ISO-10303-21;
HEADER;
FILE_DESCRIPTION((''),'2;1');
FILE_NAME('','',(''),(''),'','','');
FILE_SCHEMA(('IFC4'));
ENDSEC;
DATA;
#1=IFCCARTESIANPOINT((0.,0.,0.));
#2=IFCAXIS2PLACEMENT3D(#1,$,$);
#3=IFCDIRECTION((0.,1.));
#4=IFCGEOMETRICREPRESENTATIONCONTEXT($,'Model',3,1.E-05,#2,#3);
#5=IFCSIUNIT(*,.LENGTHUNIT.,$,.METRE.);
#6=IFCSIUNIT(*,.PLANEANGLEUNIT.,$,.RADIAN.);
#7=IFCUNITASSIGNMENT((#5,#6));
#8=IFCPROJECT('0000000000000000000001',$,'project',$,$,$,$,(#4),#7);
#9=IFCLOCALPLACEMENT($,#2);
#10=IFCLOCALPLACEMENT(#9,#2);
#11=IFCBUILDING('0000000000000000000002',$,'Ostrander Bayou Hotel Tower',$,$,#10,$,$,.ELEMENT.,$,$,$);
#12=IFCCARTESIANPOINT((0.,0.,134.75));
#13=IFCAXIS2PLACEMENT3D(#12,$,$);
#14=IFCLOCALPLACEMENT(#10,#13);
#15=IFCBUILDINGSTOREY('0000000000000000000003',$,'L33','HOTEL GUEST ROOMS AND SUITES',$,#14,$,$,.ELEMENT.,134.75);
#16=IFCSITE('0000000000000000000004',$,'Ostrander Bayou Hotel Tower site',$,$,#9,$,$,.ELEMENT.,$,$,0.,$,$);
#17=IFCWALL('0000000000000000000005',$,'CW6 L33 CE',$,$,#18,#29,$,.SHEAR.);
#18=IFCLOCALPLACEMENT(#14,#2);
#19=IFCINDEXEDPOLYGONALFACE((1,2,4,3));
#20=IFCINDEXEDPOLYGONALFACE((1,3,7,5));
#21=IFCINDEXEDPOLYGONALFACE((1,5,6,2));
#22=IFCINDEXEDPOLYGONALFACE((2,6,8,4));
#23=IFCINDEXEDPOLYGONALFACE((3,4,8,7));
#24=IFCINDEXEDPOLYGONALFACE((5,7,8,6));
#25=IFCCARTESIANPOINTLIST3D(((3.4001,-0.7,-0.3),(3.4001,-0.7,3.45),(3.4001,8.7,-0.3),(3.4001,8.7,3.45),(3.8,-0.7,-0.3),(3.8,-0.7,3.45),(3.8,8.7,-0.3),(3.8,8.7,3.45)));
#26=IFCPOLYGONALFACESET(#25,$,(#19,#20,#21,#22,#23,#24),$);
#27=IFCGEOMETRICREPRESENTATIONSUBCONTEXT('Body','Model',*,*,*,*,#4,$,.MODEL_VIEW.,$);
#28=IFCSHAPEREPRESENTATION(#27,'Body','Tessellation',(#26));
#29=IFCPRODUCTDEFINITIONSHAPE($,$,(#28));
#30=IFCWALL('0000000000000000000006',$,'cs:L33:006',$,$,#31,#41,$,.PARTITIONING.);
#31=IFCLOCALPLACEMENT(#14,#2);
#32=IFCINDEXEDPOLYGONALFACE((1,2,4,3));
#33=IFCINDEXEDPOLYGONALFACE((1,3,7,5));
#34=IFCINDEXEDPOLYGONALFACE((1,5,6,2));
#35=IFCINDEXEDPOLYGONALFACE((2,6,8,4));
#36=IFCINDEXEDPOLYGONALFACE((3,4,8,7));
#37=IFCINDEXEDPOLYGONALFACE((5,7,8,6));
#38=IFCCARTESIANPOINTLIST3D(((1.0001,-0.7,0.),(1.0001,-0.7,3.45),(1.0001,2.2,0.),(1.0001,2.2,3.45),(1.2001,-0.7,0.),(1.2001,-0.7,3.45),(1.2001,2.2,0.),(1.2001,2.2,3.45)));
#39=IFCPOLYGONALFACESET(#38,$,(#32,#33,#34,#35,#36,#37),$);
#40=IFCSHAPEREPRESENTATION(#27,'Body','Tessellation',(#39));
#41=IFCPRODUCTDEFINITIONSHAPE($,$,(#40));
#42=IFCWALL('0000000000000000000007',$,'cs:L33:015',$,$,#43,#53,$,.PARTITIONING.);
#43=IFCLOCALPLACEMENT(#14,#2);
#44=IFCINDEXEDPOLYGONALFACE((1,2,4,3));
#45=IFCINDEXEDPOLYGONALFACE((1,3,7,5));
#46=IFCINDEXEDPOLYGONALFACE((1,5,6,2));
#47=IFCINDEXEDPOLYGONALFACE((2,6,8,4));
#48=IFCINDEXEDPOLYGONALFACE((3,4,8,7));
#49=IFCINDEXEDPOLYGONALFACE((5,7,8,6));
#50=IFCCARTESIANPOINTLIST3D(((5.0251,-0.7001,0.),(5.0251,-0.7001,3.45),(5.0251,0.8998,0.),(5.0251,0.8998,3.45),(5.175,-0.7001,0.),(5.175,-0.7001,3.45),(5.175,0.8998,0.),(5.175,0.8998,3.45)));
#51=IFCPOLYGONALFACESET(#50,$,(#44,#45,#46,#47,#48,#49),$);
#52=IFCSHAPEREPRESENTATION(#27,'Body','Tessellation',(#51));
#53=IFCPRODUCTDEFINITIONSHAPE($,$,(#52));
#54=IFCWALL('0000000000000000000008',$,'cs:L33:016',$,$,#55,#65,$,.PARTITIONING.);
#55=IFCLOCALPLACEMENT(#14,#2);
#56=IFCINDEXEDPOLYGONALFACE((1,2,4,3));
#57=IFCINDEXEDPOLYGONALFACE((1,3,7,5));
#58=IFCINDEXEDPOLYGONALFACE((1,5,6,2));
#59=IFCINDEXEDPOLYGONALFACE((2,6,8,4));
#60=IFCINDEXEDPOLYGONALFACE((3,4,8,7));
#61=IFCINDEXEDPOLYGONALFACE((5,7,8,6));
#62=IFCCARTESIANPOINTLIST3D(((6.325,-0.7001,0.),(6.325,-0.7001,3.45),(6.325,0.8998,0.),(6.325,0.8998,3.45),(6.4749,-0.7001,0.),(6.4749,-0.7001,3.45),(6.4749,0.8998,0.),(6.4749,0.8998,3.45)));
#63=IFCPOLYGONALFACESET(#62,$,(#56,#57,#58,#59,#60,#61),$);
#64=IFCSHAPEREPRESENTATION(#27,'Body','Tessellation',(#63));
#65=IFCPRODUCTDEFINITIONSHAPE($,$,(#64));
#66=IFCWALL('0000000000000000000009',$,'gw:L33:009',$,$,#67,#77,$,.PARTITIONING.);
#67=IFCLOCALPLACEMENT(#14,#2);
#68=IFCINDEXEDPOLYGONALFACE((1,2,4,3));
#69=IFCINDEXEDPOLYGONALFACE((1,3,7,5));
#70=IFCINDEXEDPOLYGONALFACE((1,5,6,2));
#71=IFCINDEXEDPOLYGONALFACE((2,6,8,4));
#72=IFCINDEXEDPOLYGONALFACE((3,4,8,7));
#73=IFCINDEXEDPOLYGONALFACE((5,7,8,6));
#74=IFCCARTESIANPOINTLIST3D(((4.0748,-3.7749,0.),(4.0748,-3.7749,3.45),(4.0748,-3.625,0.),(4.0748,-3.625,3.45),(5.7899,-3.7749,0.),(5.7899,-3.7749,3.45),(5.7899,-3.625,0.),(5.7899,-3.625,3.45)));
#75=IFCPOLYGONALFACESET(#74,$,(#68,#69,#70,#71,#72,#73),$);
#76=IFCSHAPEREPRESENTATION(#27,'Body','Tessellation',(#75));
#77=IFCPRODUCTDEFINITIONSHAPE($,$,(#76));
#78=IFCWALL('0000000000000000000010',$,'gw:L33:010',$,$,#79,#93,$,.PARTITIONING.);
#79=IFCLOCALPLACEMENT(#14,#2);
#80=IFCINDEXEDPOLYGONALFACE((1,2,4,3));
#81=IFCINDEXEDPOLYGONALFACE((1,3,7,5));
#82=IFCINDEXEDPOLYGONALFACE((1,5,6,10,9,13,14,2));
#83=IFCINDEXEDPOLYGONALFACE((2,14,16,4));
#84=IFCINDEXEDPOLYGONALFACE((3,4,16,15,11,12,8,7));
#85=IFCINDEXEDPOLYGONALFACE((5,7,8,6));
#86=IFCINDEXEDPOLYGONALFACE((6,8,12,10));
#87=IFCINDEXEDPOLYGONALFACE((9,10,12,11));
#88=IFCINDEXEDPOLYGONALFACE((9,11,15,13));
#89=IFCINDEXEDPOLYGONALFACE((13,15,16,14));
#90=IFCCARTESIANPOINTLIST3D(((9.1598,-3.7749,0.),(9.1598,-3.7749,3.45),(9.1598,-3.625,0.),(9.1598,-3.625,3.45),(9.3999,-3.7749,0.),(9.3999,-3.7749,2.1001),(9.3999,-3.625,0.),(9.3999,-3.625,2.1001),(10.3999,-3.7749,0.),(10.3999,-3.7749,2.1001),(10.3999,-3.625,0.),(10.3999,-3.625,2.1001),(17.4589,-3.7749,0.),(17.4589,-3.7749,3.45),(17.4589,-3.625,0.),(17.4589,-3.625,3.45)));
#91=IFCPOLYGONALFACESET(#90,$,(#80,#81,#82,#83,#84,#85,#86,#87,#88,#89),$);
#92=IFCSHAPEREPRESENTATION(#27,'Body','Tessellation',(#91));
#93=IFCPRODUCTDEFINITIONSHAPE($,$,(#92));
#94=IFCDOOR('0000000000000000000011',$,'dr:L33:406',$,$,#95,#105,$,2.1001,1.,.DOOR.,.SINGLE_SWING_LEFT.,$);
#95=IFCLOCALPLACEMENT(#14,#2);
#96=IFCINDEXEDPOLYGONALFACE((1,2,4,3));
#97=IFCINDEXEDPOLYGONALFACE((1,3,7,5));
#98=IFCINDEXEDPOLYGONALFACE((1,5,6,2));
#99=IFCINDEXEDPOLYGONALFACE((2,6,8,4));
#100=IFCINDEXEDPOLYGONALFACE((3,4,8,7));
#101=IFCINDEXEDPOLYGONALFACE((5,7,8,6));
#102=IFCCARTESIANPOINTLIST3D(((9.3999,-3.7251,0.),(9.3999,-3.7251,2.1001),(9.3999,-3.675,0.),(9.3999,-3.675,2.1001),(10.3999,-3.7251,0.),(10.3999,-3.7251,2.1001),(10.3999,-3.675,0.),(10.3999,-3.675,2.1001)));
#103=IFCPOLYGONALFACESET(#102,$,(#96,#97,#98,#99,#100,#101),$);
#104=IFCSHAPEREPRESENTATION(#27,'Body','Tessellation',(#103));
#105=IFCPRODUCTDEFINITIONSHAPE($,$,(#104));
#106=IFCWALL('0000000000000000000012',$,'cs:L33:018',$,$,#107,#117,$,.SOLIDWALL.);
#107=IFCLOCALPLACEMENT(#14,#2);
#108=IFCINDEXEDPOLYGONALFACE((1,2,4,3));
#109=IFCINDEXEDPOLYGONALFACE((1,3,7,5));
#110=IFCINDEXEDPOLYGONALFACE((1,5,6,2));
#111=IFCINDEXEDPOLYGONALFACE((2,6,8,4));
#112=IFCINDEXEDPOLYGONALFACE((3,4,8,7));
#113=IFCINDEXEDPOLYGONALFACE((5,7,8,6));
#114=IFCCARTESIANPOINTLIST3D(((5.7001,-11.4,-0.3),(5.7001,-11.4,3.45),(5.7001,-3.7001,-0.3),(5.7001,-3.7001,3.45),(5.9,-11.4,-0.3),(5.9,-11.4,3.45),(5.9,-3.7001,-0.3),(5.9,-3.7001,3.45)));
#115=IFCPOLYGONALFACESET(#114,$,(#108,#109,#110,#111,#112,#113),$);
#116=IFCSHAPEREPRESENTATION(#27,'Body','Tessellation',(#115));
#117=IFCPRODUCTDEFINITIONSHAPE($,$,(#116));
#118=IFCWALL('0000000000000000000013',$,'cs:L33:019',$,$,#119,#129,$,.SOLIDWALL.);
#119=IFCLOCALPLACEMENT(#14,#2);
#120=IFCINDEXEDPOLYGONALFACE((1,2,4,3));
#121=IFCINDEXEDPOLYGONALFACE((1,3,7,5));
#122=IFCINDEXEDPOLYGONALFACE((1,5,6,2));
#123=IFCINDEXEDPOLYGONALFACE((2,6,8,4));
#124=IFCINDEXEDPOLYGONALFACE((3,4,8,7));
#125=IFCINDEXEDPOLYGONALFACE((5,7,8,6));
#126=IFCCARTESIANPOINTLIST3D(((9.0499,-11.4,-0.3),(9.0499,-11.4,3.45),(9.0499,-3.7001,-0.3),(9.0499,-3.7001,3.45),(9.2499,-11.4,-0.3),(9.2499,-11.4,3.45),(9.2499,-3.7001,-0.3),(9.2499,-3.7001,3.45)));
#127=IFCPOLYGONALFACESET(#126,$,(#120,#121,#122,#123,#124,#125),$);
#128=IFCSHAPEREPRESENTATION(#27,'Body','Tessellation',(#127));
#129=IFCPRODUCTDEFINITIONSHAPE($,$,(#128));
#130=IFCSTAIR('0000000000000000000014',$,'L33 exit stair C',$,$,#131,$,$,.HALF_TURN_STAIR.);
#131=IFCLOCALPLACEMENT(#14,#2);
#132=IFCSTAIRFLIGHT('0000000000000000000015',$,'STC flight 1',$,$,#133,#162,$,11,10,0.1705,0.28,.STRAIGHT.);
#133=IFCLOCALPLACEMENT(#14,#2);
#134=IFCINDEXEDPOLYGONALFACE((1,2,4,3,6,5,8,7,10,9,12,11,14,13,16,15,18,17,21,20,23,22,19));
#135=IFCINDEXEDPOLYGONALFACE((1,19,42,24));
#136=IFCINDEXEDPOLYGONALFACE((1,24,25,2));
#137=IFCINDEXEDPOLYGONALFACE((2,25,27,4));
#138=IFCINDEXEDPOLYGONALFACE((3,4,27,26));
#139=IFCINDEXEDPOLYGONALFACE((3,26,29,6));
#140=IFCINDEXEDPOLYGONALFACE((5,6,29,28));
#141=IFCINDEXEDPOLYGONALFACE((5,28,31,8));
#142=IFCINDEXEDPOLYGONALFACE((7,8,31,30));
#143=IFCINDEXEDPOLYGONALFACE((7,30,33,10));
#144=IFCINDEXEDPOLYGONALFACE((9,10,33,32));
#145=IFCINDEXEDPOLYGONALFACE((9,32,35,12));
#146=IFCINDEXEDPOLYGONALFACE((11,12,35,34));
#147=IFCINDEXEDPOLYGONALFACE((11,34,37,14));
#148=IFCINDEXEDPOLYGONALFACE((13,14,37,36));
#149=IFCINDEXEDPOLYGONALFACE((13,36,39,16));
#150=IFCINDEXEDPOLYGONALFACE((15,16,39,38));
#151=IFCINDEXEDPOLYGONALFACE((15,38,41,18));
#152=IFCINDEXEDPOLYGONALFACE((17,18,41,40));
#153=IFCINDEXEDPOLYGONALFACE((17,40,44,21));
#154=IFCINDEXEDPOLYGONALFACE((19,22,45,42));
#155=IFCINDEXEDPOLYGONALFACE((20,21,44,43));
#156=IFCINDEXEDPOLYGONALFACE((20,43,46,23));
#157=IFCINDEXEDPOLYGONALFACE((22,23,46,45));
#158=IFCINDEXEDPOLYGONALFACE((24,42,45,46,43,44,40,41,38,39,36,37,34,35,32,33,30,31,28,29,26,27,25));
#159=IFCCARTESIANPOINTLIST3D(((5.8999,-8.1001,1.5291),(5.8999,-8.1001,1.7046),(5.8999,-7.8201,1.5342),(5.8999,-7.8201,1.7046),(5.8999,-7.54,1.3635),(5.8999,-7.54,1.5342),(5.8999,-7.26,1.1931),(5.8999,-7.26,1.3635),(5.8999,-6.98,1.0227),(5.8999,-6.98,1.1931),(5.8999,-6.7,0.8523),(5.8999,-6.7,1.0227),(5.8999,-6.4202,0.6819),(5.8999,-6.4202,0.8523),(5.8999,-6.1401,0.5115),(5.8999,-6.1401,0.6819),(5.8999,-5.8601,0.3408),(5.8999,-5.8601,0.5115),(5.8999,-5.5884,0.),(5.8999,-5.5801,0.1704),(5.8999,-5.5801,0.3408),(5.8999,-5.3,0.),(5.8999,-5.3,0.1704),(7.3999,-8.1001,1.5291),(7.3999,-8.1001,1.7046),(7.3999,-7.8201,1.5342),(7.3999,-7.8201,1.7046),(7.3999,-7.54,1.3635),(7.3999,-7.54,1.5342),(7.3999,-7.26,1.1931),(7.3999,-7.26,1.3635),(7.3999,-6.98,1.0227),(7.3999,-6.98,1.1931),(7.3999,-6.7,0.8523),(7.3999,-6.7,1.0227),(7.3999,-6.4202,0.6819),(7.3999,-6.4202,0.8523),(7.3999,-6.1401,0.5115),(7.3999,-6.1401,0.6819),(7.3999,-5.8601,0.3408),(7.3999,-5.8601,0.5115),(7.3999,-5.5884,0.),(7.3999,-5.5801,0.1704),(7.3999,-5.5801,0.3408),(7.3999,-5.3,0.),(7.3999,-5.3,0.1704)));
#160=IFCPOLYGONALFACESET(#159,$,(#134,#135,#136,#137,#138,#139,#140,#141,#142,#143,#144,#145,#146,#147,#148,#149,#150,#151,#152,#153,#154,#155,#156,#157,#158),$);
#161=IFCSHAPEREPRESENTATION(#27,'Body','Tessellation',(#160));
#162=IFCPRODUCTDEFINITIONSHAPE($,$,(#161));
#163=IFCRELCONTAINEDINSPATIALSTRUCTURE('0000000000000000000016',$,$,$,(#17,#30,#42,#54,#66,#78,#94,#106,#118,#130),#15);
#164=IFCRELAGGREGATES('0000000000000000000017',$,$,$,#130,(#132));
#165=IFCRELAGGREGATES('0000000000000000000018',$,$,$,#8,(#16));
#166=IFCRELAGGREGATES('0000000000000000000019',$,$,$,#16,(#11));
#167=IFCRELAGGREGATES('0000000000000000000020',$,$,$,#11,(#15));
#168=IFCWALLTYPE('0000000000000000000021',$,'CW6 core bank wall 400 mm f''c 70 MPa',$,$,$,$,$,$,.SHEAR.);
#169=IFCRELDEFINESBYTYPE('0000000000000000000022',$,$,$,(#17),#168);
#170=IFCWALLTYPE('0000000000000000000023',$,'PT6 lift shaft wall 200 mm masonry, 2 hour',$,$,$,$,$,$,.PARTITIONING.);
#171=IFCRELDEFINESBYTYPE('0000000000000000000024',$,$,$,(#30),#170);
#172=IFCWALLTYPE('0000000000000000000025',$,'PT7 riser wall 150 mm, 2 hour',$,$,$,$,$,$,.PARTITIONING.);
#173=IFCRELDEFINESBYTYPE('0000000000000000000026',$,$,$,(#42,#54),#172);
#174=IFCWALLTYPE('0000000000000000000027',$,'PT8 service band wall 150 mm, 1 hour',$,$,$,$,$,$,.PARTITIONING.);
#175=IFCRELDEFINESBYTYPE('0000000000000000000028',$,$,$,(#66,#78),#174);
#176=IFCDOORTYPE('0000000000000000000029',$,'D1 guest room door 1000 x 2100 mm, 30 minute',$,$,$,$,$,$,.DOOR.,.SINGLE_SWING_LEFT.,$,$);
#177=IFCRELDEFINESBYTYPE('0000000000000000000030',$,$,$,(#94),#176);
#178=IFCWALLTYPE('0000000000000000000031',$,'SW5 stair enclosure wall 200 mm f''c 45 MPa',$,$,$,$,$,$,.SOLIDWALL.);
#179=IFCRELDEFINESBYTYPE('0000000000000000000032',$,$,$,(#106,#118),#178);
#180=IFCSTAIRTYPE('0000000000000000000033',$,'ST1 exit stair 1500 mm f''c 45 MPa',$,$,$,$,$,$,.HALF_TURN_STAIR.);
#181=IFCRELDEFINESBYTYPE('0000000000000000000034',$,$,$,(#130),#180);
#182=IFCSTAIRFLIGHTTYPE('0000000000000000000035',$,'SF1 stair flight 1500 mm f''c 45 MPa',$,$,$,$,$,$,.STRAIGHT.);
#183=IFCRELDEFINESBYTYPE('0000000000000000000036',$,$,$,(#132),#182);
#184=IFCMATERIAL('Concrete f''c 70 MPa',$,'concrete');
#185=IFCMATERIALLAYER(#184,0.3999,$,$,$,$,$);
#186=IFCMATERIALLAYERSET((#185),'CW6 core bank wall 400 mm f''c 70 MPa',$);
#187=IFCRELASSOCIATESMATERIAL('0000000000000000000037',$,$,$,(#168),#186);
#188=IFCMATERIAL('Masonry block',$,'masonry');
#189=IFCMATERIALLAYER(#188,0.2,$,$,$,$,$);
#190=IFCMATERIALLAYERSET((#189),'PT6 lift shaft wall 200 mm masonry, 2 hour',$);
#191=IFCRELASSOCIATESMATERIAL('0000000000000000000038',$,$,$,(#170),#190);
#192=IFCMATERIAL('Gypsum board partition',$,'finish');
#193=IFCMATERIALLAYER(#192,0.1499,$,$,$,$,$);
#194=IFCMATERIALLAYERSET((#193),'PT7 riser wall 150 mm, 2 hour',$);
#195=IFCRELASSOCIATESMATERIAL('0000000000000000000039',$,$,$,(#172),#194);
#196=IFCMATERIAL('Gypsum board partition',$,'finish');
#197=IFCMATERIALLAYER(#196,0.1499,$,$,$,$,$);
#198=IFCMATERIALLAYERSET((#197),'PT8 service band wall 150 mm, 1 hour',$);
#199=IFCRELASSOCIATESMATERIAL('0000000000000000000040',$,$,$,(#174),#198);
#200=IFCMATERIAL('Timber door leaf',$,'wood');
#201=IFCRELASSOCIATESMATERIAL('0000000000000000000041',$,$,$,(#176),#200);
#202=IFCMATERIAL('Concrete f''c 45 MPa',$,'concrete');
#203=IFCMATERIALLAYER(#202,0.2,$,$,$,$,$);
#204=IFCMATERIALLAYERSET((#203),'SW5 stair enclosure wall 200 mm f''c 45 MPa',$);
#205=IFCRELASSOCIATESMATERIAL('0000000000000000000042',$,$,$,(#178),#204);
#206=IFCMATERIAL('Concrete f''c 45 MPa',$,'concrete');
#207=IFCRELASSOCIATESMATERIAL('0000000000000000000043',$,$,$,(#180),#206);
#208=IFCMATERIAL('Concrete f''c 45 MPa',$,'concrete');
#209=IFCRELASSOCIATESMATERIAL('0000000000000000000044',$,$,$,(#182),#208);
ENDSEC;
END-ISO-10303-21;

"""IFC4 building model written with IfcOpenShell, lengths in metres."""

from ifc_helpers import new_model, si_unit, direction, frame, frame_2d, origin, place, context, subcontext, project, spatial, polyline, rectangle, outline, extrude, material, layer, layer_set, type_object, element, fill, aggregate, save


model = new_model("IFC4")

# Units and contexts
model_context = context("Model", 3, precision=1e-05, world=origin(), true_north=direction((0.0, 1.0)))
body_context = subcontext(model_context, "Body", "Model", "MODEL_VIEW")
ifc_project = project(units=[si_unit("LENGTHUNIT", "METRE"), si_unit("PLANEANGLEUNIT", "RADIAN")], contexts=[model_context])

# Site, building, storey
site_placement = place(None, origin())
site = spatial("IfcSite", under=ifc_project, at=site_placement, Name="Ostrander Bayou Hotel Tower site", CompositionType="ELEMENT", RefElevation=0.0)
building_placement = place(site_placement, origin())
building = spatial("IfcBuilding", under=site, at=building_placement, Name="Ostrander Bayou Hotel Tower", CompositionType="ELEMENT")
storey_placement = place(building_placement, frame((0.0, 0.0, 134.75)))
storey = spatial("IfcBuildingStorey", under=building, at=storey_placement, Name="L33", Description="HOTEL GUEST ROOMS AND SUITES", CompositionType="ELEMENT", Elevation=134.75)

# Walls
ifc_material_1 = material(Name="Concrete f'c 70 MPa", Category="concrete")
ifc_layer_1 = layer(ifc_material_1, 0.3999)
ifc_layer_set_1 = layer_set([ifc_layer_1], Name="CW6 core bank wall 400 mm f'c 70 MPa")
wall_type_1 = type_object("IfcWallType", Name="CW6 core bank wall 400 mm f'c 70 MPa", PredefinedType="SHEAR", material=ifc_layer_set_1)
wall_1_placement = place(storey_placement, frame((3.6001, -0.7, -0.3), z_axis=(0.0, 0.0, 1.0), x_axis=(0.0, 1.0, 0.0)))
element("IfcWall", 1, at=wall_1_placement, inside=storey, type_object=wall_type_1, Name="CW6 L33 CE", PredefinedType="SHEAR", context=body_context, shape_type="SweptSolid", body=[
    extrude(rectangle(XDim=9.3999, YDim=0.3999, at=frame_2d((4.7, 0.0))), origin(), (0.0, 0.0, 1.0), 3.75),
])
ifc_material_2 = material(Name="Masonry block", Category="masonry")
ifc_layer_2 = layer(ifc_material_2, 0.2)
ifc_layer_set_2 = layer_set([ifc_layer_2], Name="PT6 lift shaft wall 200 mm masonry, 2 hour")
wall_type_2 = type_object("IfcWallType", Name="PT6 lift shaft wall 200 mm masonry, 2 hour", PredefinedType="PARTITIONING", material=ifc_layer_set_2)
wall_2_placement = place(storey_placement, frame((1.1001, -0.7, 0.0), z_axis=(0.0, 0.0, 1.0), x_axis=(0.0, 1.0, 0.0)))
element("IfcWall", 2, at=wall_2_placement, inside=storey, type_object=wall_type_2, Name="cs:L33:006", PredefinedType="PARTITIONING", context=body_context, shape_type="SweptSolid", body=[
    extrude(rectangle(XDim=2.8999, YDim=0.2, at=frame_2d((1.45, 0.0))), origin(), (0.0, 0.0, 1.0), 3.45),
])
ifc_material_3 = material(Name="Gypsum board partition", Category="finish")
ifc_layer_3 = layer(ifc_material_3, 0.1499)
ifc_layer_set_3 = layer_set([ifc_layer_3], Name="PT7 riser wall 150 mm, 2 hour")
wall_type_3 = type_object("IfcWallType", Name="PT7 riser wall 150 mm, 2 hour", PredefinedType="PARTITIONING", material=ifc_layer_set_3)
for number, where, z_axis, x_axis, name in (
    (3, (5.1001, -0.7, 0.0), (0.0, 0.0, 1.0), (0.0, 1.0, 0.0), "cs:L33:015"),
    (4, (6.3999, -0.7, 0.0), (0.0, 0.0, 1.0), (0.0, 1.0, 0.0), "cs:L33:016"),
):
    element("IfcWall", number, at=place(storey_placement, frame(where, z_axis=z_axis, x_axis=x_axis)), inside=storey, type_object=wall_type_3, Name=name, PredefinedType="PARTITIONING", context=body_context, shape_type="SweptSolid", body=[
        extrude(rectangle(XDim=1.5999, YDim=0.1499, at=frame_2d((0.7998, 0.0))), origin(), (0.0, 0.0, 1.0), 3.45),
    ])
ifc_material_4 = material(Name="Gypsum board partition", Category="finish")
ifc_layer_4 = layer(ifc_material_4, 0.1499)
ifc_layer_set_4 = layer_set([ifc_layer_4], Name="PT8 service band wall 150 mm, 1 hour")
wall_type_4 = type_object("IfcWallType", Name="PT8 service band wall 150 mm, 1 hour", PredefinedType="PARTITIONING", material=ifc_layer_set_4)
wall_3_placement = place(storey_placement, frame((4.075, -3.7, 0.0), z_axis=(0.0, 0.0, 1.0), x_axis=(1.0, 0.0, 0.0)))
element("IfcWall", 5, at=wall_3_placement, inside=storey, type_object=wall_type_4, Name="gw:L33:009", PredefinedType="PARTITIONING", context=body_context, shape_type="SweptSolid", body=[
    extrude(rectangle(XDim=1.7151, YDim=0.1499, at=frame_2d((0.8574, 0.0))), origin(), (0.0, 0.0, 1.0), 3.45),
])

# Wall, opening, door
wall_4_placement = place(storey_placement, frame((9.1599, -3.7, 0.0), z_axis=(0.0, 0.0, 1.0), x_axis=(1.0, 0.0, 0.0)))
wall_4 = element("IfcWall", 6, at=wall_4_placement, inside=storey, type_object=wall_type_4, Name="gw:L33:010", PredefinedType="PARTITIONING", context=body_context, shape_type="SweptSolid", body=[
    extrude(rectangle(XDim=8.2991, YDim=0.1499, at=frame_2d((4.1494, 0.0))), origin(), (0.0, 0.0, 1.0), 3.45),
])
opening_1_placement = place(wall_4_placement, frame((0.24, 0.0, 0.0)))
opening_1 = element("IfcOpeningElement", 7, at=opening_1_placement, cuts=wall_4, PredefinedType="OPENING", context=body_context, shape_type="SweptSolid", body=[
    extrude(rectangle(XDim=1.0, YDim=2.1001, at=frame_2d((0.5, 1.05))), frame((0.0, 0.075, 0.0), z_axis=(0.0, -1.0, 0.0), x_axis=(1.0, 0.0, 0.0)), (0.0, 0.0, 1.0), 0.1499),
])
ifc_material_5 = material(Name="Timber door leaf", Category="wood")
door_type_1 = type_object("IfcDoorType", Name="D1 guest room door 1000 x 2100 mm, 30 minute", OperationType="SINGLE_SWING_LEFT", PredefinedType="DOOR", material=ifc_material_5)
door_1_placement = place(opening_1_placement, origin())
door_1 = element("IfcDoor", 8, at=door_1_placement, inside=storey, type_object=door_type_1, Name="dr:L33:406", OperationType="SINGLE_SWING_LEFT", OverallHeight=2.1001, OverallWidth=1.0, PredefinedType="DOOR", context=body_context, shape_type="SweptSolid", body=[
    extrude(rectangle(XDim=1.0, YDim=2.1001, at=frame_2d((0.5, 1.05))), frame((0.0, 0.0249, 0.0), z_axis=(0.0, -1.0, 0.0), x_axis=(1.0, 0.0, 0.0)), (0.0, 0.0, 1.0), 0.05),
])
fill(opening_1, door_1)
ifc_material_6 = material(Name="Concrete f'c 45 MPa", Category="concrete")
ifc_layer_5 = layer(ifc_material_6, 0.2)
ifc_layer_set_5 = layer_set([ifc_layer_5], Name="SW5 stair enclosure wall 200 mm f'c 45 MPa")
wall_type_5 = type_object("IfcWallType", Name="SW5 stair enclosure wall 200 mm f'c 45 MPa", PredefinedType="SOLIDWALL", material=ifc_layer_set_5)

# Walls
for number, where, z_axis, x_axis, name in (
    (9, (5.8, -3.7, -0.3), (0.0, 0.0, 1.0), (0.0, -1.0, 0.0), "cs:L33:018"),
    (10, (9.1499, -3.7, -0.3), (0.0, 0.0, 1.0), (0.0, -1.0, 0.0), "cs:L33:019"),
):
    element("IfcWall", number, at=place(storey_placement, frame(where, z_axis=z_axis, x_axis=x_axis)), inside=storey, type_object=wall_type_5, Name=name, PredefinedType="SOLIDWALL", context=body_context, shape_type="SweptSolid", body=[
        extrude(rectangle(XDim=7.7, YDim=0.2, at=frame_2d((3.8501, 0.0))), origin(), (0.0, 0.0, 1.0), 3.75),
    ])

# Stair, stair flight
ifc_material_7 = material(Name="Concrete f'c 45 MPa", Category="concrete")
stair_type = type_object("IfcStairType", Name="ST1 exit stair 1500 mm f'c 45 MPa", PredefinedType="HALF_TURN_STAIR", material=ifc_material_7)
stair_placement = place(storey_placement, origin())
stair = element("IfcStair", 11, at=stair_placement, inside=storey, type_object=stair_type, Name="L33 exit stair C", PredefinedType="HALF_TURN_STAIR")
ifc_material_8 = material(Name="Concrete f'c 45 MPa", Category="concrete")
stair_flight_type = type_object("IfcStairFlightType", Name="SF1 stair flight 1500 mm f'c 45 MPa", PredefinedType="STRAIGHT", material=ifc_material_8)
stair_flight_1_placement = place(storey_placement, frame((6.6499, -5.3, 0.0), z_axis=(0.0, 0.0, 1.0), x_axis=(0.0, -1.0, 0.0)))
stair_flight_1 = element("IfcStairFlight", 12, at=stair_flight_1_placement, type_object=stair_flight_type, Name="STC flight 1", NumberOfRisers=11, NumberOfTreads=10, PredefinedType="STRAIGHT", RiserHeight=0.1705, TreadLength=0.28, context=body_context, shape_type="SweptSolid", body=[
    extrude(outline(polyline([(0.0, 0.0), (0.0, 0.1704), (0.28, 0.1704), (0.28, 0.3408), (0.5601, 0.3408), (0.5601, 0.5115), (0.8401, 0.5115), (0.8401, 0.6819), (1.1201, 0.6819), (1.1201, 0.8523), (1.3999, 0.8523), (1.3999, 1.0227), (1.6799, 1.0227), (1.6799, 1.1931), (1.96, 1.1931), (1.96, 1.3635), (2.24, 1.3635), (2.24, 1.5342), (2.52, 1.5342), (2.52, 1.7046), (2.8, 1.7046), (2.8, 1.875), (2.8, 1.5291), (0.2883, 0.0), (0.0, 0.0)])), frame((0.0, 0.75, 0.0), z_axis=(0.0, -1.0, 0.0), x_axis=(1.0, 0.0, 0.0)), (0.0, 0.0, 1.0), 1.5),
])
aggregate(stair, [stair_flight_1])

save(model, "model.ifc")
